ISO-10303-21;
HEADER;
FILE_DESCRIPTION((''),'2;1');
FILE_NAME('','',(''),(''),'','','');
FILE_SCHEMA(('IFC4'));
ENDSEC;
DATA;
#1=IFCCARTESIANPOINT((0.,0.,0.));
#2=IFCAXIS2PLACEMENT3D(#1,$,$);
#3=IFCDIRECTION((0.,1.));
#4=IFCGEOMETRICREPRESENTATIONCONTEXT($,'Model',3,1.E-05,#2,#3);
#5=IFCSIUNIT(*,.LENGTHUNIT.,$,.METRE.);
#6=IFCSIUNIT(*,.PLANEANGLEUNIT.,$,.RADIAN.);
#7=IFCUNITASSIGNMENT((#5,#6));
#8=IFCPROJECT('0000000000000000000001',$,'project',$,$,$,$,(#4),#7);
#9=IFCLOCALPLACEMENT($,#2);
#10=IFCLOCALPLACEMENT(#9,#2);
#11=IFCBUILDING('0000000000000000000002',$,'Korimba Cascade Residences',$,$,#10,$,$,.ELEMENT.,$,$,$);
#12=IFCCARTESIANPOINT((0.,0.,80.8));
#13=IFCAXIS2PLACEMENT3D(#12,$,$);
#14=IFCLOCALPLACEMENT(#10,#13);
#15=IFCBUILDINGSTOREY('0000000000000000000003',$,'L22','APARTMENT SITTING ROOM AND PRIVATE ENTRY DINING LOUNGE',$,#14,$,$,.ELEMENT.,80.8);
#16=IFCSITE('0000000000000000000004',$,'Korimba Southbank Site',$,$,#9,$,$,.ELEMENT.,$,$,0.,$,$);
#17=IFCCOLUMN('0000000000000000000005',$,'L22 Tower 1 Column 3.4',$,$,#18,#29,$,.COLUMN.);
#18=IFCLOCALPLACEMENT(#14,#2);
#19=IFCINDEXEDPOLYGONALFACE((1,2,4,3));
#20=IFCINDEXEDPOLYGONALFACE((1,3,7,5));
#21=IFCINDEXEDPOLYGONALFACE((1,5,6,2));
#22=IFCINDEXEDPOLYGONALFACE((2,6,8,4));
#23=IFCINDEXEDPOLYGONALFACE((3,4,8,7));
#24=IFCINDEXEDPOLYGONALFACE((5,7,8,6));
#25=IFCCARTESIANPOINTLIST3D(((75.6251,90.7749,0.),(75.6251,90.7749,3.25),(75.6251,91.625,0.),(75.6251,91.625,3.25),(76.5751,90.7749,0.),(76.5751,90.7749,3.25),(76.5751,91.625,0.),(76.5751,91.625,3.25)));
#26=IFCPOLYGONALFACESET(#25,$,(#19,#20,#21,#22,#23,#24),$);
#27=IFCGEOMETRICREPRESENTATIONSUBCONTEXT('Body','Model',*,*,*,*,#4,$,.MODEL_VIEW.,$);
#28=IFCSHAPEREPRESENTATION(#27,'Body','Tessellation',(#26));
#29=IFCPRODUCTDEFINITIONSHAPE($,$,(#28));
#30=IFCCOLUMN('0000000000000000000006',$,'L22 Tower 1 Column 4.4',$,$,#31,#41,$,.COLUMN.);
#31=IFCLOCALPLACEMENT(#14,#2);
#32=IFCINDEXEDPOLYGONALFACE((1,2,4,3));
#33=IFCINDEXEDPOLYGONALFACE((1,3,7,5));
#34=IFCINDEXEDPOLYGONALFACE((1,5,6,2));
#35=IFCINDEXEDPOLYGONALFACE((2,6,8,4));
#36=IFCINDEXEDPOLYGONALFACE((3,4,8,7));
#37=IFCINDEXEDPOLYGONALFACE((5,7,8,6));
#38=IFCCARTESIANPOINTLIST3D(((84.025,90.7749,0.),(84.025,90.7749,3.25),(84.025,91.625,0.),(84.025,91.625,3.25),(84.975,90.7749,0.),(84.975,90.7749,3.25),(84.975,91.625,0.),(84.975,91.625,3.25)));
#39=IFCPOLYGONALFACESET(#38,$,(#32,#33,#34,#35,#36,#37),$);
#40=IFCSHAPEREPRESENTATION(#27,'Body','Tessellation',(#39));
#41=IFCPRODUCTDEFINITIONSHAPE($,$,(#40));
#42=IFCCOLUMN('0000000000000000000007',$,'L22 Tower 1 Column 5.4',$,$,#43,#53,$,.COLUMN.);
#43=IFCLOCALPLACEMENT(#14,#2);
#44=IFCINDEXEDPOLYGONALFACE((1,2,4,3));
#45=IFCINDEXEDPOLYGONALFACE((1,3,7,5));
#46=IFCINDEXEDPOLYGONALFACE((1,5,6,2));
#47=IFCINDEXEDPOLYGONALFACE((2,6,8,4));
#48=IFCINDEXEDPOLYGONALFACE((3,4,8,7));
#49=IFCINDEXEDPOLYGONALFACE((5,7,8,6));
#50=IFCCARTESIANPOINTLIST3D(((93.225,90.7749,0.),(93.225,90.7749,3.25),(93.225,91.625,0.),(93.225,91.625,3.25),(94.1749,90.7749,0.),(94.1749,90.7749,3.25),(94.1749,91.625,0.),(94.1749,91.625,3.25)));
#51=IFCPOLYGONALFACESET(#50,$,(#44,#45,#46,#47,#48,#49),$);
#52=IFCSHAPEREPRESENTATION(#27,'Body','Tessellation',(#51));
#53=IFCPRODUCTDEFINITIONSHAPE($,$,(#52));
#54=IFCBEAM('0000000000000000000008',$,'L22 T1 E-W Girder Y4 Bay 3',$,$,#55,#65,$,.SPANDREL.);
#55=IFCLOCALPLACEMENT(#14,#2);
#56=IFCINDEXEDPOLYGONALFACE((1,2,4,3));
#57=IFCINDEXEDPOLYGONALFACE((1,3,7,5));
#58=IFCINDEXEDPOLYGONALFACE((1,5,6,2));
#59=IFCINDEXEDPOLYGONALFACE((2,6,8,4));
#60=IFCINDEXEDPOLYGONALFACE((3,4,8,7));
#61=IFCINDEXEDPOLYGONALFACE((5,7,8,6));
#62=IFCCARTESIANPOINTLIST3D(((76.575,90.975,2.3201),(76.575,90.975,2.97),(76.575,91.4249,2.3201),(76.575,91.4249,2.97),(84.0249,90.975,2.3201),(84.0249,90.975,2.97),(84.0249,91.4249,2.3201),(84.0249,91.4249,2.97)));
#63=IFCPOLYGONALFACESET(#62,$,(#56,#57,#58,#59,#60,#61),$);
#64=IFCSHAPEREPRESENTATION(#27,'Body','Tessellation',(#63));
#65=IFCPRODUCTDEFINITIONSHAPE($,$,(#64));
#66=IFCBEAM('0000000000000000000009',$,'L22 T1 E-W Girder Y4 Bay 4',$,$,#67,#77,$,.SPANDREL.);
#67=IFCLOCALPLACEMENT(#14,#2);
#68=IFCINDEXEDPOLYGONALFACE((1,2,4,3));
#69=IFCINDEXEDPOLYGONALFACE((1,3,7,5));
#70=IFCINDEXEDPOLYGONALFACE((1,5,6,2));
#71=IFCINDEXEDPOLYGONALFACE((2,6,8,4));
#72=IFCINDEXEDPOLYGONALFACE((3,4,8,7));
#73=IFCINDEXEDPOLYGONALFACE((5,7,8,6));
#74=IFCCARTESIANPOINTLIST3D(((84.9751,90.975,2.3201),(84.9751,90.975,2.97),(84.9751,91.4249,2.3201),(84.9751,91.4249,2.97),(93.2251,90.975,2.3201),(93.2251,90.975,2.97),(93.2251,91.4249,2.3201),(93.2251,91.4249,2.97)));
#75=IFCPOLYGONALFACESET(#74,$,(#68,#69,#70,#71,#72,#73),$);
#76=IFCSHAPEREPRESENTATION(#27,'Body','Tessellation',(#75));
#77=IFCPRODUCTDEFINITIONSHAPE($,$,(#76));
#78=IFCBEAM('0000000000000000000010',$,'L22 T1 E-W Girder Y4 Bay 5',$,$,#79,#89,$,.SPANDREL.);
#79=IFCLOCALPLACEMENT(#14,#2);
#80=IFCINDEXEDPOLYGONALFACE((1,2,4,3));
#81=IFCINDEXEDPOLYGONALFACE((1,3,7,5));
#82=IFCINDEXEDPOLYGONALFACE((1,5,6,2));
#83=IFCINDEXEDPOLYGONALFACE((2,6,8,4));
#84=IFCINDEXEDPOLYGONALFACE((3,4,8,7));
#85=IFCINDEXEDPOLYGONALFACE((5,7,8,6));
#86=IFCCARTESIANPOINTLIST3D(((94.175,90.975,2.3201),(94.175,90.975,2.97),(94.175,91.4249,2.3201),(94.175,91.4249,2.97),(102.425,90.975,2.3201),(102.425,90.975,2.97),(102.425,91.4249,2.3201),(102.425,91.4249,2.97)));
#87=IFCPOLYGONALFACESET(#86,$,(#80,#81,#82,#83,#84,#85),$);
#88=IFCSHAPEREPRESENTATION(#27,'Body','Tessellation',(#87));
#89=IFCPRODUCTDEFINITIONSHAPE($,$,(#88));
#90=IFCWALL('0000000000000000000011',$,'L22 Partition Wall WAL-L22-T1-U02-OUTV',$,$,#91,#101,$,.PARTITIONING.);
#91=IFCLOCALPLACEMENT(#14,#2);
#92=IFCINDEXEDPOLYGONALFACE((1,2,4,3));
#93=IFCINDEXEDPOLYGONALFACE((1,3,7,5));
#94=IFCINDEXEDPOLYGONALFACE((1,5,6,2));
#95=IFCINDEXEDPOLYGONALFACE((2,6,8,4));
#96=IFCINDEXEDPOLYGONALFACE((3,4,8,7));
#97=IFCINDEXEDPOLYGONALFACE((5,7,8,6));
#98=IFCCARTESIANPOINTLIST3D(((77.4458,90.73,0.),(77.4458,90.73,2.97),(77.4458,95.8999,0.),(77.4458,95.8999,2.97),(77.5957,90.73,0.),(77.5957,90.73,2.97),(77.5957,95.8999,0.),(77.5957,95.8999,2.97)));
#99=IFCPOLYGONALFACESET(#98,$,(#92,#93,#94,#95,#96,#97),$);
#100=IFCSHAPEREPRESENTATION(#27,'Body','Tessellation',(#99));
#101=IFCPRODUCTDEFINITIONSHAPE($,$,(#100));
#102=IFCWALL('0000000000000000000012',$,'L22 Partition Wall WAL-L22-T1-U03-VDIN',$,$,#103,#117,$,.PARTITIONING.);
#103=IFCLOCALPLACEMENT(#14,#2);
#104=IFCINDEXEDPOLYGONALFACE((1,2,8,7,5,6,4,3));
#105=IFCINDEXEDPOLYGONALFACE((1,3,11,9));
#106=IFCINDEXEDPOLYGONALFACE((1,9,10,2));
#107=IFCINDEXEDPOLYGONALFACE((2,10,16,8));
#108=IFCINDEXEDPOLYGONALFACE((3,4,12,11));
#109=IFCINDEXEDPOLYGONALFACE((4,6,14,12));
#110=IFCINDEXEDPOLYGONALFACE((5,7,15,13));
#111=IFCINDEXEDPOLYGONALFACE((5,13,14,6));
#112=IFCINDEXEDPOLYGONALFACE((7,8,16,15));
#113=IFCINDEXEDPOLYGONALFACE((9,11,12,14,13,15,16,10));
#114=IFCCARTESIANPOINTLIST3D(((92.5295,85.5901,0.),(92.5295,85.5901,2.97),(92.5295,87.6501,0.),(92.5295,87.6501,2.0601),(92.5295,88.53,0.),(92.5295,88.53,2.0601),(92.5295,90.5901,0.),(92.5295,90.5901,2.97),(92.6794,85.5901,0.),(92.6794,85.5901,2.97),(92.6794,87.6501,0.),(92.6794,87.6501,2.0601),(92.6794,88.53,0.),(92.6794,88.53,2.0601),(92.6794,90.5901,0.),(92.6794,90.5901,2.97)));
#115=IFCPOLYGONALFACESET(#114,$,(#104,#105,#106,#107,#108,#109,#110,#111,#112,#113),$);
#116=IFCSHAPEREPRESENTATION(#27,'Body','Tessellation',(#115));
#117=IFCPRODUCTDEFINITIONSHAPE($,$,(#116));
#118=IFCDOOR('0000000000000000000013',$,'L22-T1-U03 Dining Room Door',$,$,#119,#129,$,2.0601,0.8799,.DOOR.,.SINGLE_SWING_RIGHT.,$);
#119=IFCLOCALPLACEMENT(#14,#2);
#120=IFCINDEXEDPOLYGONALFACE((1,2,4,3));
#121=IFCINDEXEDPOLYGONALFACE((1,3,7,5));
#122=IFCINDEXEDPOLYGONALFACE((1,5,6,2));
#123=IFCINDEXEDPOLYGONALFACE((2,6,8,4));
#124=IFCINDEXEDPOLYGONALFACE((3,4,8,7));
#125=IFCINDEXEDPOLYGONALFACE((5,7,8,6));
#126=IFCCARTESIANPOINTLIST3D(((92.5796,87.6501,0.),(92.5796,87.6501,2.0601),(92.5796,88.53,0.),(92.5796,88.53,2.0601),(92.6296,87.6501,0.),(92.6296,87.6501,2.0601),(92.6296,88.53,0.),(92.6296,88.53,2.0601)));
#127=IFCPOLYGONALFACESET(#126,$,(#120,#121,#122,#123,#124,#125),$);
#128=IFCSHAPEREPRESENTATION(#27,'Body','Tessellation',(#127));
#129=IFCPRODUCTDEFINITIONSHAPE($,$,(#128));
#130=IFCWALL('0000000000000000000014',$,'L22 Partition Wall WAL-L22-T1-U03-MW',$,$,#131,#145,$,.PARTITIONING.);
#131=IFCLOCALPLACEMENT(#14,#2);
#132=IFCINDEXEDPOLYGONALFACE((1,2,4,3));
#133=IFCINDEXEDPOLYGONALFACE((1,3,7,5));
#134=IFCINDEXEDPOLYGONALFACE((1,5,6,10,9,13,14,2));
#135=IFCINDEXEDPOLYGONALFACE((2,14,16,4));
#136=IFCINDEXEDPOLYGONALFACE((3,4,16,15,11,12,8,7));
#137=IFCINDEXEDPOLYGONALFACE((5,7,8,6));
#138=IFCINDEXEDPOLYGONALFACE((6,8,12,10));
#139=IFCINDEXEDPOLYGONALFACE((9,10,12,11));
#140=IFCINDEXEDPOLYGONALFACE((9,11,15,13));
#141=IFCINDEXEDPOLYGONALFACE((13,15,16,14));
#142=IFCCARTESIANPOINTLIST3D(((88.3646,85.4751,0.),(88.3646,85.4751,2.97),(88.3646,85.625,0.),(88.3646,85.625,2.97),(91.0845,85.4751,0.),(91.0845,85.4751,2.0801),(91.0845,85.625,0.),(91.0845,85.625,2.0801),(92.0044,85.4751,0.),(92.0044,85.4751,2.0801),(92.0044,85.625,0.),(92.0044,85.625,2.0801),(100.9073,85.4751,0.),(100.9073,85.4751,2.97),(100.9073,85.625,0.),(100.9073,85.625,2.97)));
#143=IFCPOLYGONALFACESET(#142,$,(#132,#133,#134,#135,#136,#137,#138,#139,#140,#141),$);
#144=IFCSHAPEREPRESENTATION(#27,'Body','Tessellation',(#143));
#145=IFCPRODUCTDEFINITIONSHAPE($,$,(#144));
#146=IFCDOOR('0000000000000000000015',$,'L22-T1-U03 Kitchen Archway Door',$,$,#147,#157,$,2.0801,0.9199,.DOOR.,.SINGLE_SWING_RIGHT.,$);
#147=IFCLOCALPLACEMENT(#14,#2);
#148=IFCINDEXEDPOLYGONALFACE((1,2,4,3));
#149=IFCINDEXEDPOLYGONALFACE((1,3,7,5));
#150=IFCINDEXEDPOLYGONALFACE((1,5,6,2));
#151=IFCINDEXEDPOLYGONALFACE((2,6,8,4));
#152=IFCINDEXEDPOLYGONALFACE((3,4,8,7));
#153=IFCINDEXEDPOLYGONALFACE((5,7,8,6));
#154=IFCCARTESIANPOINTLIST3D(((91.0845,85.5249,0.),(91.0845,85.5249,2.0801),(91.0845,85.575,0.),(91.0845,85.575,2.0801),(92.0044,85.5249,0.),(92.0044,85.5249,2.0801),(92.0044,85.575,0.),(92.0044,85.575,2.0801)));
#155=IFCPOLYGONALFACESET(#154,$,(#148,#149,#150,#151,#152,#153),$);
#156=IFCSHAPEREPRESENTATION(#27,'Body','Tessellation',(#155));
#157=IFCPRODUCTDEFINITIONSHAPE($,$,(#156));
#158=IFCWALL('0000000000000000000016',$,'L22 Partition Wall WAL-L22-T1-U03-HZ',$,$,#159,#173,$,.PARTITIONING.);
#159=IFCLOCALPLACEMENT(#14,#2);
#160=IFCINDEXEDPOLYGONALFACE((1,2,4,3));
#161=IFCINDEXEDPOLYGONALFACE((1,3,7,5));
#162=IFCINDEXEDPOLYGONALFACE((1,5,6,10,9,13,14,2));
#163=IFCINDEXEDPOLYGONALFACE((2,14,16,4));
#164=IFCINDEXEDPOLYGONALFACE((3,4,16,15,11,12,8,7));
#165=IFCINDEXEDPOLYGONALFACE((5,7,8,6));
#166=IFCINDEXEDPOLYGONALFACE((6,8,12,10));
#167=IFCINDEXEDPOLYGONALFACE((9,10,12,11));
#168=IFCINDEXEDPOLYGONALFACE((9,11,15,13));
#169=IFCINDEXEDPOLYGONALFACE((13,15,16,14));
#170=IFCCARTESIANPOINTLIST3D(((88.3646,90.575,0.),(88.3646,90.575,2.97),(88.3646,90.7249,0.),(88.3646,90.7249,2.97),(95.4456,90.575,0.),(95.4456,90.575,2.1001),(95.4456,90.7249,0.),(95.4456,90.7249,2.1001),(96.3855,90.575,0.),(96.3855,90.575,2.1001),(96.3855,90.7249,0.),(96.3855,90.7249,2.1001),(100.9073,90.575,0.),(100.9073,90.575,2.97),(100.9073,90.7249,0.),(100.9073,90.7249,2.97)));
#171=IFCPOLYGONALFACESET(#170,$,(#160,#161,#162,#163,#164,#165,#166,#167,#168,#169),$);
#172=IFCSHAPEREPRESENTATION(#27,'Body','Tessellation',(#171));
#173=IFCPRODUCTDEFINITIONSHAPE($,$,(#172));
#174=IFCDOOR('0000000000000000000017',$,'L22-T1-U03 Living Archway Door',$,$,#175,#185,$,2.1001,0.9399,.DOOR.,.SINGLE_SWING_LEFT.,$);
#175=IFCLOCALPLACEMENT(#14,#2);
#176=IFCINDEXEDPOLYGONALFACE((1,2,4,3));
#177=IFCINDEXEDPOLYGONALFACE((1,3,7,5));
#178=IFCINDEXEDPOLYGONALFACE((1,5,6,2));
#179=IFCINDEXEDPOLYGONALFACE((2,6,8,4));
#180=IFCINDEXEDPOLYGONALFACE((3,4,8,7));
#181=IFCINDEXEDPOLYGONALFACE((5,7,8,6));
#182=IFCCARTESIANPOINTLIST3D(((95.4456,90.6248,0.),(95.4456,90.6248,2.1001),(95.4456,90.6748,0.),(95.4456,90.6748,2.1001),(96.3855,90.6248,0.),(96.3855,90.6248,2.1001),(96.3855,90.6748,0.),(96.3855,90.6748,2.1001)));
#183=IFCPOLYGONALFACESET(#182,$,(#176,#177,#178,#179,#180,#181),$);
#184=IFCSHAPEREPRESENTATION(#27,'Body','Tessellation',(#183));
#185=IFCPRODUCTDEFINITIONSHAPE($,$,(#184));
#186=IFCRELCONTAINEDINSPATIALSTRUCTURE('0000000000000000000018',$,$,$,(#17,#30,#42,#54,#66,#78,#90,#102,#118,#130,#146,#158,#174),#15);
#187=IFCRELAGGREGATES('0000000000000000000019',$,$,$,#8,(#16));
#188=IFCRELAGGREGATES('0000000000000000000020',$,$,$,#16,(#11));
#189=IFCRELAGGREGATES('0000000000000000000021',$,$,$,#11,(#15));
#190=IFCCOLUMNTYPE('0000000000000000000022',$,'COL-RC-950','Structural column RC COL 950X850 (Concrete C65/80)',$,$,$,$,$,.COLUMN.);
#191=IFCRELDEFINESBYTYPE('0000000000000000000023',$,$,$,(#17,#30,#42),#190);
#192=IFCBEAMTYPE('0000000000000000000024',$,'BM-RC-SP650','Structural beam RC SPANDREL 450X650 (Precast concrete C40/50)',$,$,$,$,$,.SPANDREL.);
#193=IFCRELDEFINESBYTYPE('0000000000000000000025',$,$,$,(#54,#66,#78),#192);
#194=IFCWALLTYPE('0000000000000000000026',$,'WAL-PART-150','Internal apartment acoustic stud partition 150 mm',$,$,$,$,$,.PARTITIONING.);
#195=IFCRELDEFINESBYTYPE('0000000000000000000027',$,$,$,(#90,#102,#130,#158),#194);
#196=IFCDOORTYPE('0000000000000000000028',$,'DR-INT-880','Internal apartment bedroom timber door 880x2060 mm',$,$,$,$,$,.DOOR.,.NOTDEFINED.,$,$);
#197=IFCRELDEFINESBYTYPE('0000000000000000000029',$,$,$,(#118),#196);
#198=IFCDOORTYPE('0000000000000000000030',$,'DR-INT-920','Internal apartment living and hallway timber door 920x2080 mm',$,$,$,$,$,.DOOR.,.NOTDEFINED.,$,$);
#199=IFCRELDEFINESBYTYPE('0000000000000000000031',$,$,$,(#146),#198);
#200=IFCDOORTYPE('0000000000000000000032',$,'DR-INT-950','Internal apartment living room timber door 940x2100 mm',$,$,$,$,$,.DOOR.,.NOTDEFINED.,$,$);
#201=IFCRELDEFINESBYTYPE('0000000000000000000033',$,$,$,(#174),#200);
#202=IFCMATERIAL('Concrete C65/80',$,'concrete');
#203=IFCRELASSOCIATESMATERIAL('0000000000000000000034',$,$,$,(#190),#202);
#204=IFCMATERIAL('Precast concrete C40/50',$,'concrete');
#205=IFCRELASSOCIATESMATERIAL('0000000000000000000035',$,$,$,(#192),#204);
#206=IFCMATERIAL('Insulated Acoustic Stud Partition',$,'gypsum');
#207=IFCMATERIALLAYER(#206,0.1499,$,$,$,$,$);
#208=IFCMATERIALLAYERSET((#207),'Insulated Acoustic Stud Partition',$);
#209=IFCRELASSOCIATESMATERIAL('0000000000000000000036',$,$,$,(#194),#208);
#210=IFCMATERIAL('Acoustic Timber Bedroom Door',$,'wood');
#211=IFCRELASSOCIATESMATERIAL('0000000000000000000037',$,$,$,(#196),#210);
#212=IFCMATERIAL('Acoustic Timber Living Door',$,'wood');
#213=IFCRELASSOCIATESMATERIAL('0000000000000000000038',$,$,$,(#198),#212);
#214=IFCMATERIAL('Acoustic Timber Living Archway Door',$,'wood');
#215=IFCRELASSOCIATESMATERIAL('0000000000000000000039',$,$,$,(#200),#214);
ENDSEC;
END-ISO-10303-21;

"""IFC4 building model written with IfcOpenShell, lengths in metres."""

from ifc_helpers import new_model, si_unit, direction, frame, frame_2d, origin, origin_2d, place, context, subcontext, project, spatial, rectangle, extrude, material, layer, layer_set, material_profile, profile_set, type_object, element, fill, save


model = new_model("IFC4")

# Units and contexts
model_context = context("Model", 3, precision=1e-05, world=origin(), true_north=direction((0.0, 1.0)))
body_context = subcontext(model_context, "Body", "Model", "MODEL_VIEW")
ifc_project = project(units=[si_unit("LENGTHUNIT", "METRE"), si_unit("PLANEANGLEUNIT", "RADIAN")], contexts=[model_context])

# Site, building, storey
site_placement = place(None, origin())
site = spatial("IfcSite", under=ifc_project, at=site_placement, Name="Korimba Southbank Site", CompositionType="ELEMENT", RefElevation=0.0)
building_placement = place(site_placement, origin())
building = spatial("IfcBuilding", under=site, at=building_placement, Name="Korimba Cascade Residences", CompositionType="ELEMENT")
storey_placement = place(building_placement, frame((0.0, 0.0, 80.8)))
storey = spatial("IfcBuildingStorey", under=building, at=storey_placement, Name="L22", Description="APARTMENT SITTING ROOM AND PRIVATE ENTRY DINING LOUNGE", CompositionType="ELEMENT", Elevation=80.8)

# Columns
ifc_material_1 = material(Name="Concrete C65/80", Category="concrete")
ifc_material_profile_1 = material_profile(ifc_material_1, rectangle(XDim=0.95, YDim=0.8501, at=origin_2d()), Name="Concrete C65/80")
ifc_profile_set_1 = profile_set([ifc_material_profile_1], Name="Concrete C65/80")
column_type = type_object("IfcColumnType", Name="COL-RC-950", Description="Structural column RC COL 950X850 (Concrete C65/80)", PredefinedType="COLUMN", material=ifc_profile_set_1)
for number, where, z_axis, x_axis, name in (
    (1, (76.1001, 91.2, 0.0), (0.0, 0.0, 1.0), (1.0, 0.0, 0.0), "L22 Tower 1 Column 3.4"),
    (2, (84.5, 91.2, 0.0), (0.0, 0.0, 1.0), (1.0, 0.0, 0.0), "L22 Tower 1 Column 4.4"),
    (3, (93.7, 91.2, 0.0), (0.0, 0.0, 1.0), (1.0, 0.0, 0.0), "L22 Tower 1 Column 5.4"),
):
    element("IfcColumn", number, at=place(storey_placement, frame(where, z_axis=z_axis, x_axis=x_axis)), inside=storey, type_object=column_type, Name=name, PredefinedType="COLUMN", context=body_context, shape_type="SweptSolid", body=[
        extrude(rectangle(XDim=0.95, YDim=0.8501, at=origin_2d()), origin(), (0.0, 0.0, 1.0), 3.25),
    ])

# Beams
ifc_material_2 = material(Name="Precast concrete C40/50", Category="concrete")
ifc_material_profile_2 = material_profile(ifc_material_2, rectangle(XDim=0.45, YDim=0.6499, at=origin_2d()), Name="Precast concrete C40/50")
ifc_profile_set_2 = profile_set([ifc_material_profile_2], Name="Precast concrete C40/50")
beam_type = type_object("IfcBeamType", Name="BM-RC-SP650", Description="Structural beam RC SPANDREL 450X650 (Precast concrete C40/50)", PredefinedType="SPANDREL", material=ifc_profile_set_2)
beam_placement = place(storey_placement, frame((76.575, 91.2, 2.645), z_axis=(1.0, 0.0, 0.0), x_axis=(0.0, 1.0, 0.0)))
element("IfcBeam", 4, at=beam_placement, inside=storey, type_object=beam_type, Name="L22 T1 E-W Girder Y4 Bay 3", PredefinedType="SPANDREL", context=body_context, shape_type="SweptSolid", body=[
    extrude(rectangle(XDim=0.45, YDim=0.6499, at=origin_2d()), origin(), (0.0, 0.0, 1.0), 7.45),
])
for number, where, z_axis, x_axis, name in (
    (5, (84.9751, 91.2, 2.645), (1.0, 0.0, 0.0), (0.0, 1.0, 0.0), "L22 T1 E-W Girder Y4 Bay 4"),
    (6, (94.175, 91.2, 2.645), (1.0, 0.0, 0.0), (0.0, 1.0, 0.0), "L22 T1 E-W Girder Y4 Bay 5"),
):
    element("IfcBeam", number, at=place(storey_placement, frame(where, z_axis=z_axis, x_axis=x_axis)), inside=storey, type_object=beam_type, Name=name, PredefinedType="SPANDREL", context=body_context, shape_type="SweptSolid", body=[
        extrude(rectangle(XDim=0.45, YDim=0.6499, at=origin_2d()), origin(), (0.0, 0.0, 1.0), 8.25),
    ])

# Wall
ifc_material_3 = material(Name="Insulated Acoustic Stud Partition", Category="gypsum")
ifc_layer = layer(ifc_material_3, 0.1499)
ifc_layer_set = layer_set([ifc_layer], Name="Insulated Acoustic Stud Partition")
wall_type = type_object("IfcWallType", Name="WAL-PART-150", Description="Internal apartment acoustic stud partition 150 mm", PredefinedType="PARTITIONING", material=ifc_layer_set)
wall_1_placement = place(storey_placement, frame((77.5208, 90.73, 0.0), z_axis=(0.0, 0.0, 1.0), x_axis=(0.0, 1.0, 0.0)))
element("IfcWall", 7, at=wall_1_placement, inside=storey, type_object=wall_type, Name="L22 Partition Wall WAL-L22-T1-U02-OUTV", PredefinedType="PARTITIONING", context=body_context, shape_type="SweptSolid", body=[
    extrude(rectangle(XDim=5.1699, YDim=0.1499, at=frame_2d((2.585, 0.0))), origin(), (0.0, 0.0, 1.0), 2.97),
])

# Walls, openings, doors
wall_2_placement = place(storey_placement, frame((92.6045, 85.5901, 0.0), z_axis=(0.0, 0.0, 1.0), x_axis=(0.0, 1.0, 0.0)))
wall_2 = element("IfcWall", 8, at=wall_2_placement, inside=storey, type_object=wall_type, Name="L22 Partition Wall WAL-L22-T1-U03-VDIN", PredefinedType="PARTITIONING", context=body_context, shape_type="SweptSolid", body=[
    extrude(rectangle(XDim=5.0, YDim=0.1499, at=frame_2d((2.5, 0.0))), origin(), (0.0, 0.0, 1.0), 2.97),
])
opening_1_placement = place(wall_2_placement, frame((2.0601, 0.0, 0.0)))
opening_1 = element("IfcOpeningElement", 9, at=opening_1_placement, cuts=wall_2, PredefinedType="OPENING", context=body_context, shape_type="SweptSolid", body=[
    extrude(rectangle(XDim=0.8799, YDim=2.0601, at=frame_2d((0.4399, 1.03))), frame((0.0, 0.085, 0.0), z_axis=(0.0, -1.0, 0.0), x_axis=(1.0, 0.0, 0.0)), (0.0, 0.0, 1.0), 0.1699),
])
ifc_material_4 = material(Name="Acoustic Timber Bedroom Door", Category="wood")
door_type_1 = type_object("IfcDoorType", Name="DR-INT-880", Description="Internal apartment bedroom timber door 880x2060 mm", OperationType="NOTDEFINED", PredefinedType="DOOR", material=ifc_material_4)
door_1_placement = place(opening_1_placement, origin())
door_1 = element("IfcDoor", 10, at=door_1_placement, inside=storey, type_object=door_type_1, Name="L22-T1-U03 Dining Room Door", OperationType="SINGLE_SWING_RIGHT", OverallHeight=2.0601, OverallWidth=0.8799, PredefinedType="DOOR", context=body_context, shape_type="SweptSolid", body=[
    extrude(rectangle(XDim=0.8799, YDim=2.0601, at=frame_2d((0.4399, 1.03))), frame((0.0, 0.0249, 0.0), z_axis=(0.0, -1.0, 0.0), x_axis=(1.0, 0.0, 0.0)), (0.0, 0.0, 1.0), 0.05),
])
fill(opening_1, door_1)
wall_3_placement = place(storey_placement, frame((88.3645, 85.55, 0.0), z_axis=(0.0, 0.0, 1.0), x_axis=(1.0, 0.0, 0.0)))
wall_3 = element("IfcWall", 11, at=wall_3_placement, inside=storey, type_object=wall_type, Name="L22 Partition Wall WAL-L22-T1-U03-MW", PredefinedType="PARTITIONING", context=body_context, shape_type="SweptSolid", body=[
    extrude(rectangle(XDim=12.5427, YDim=0.1499, at=frame_2d((6.2715, 0.0))), origin(), (0.0, 0.0, 1.0), 2.97),
])
opening_2_placement = place(wall_3_placement, frame((2.72, 0.0, 0.0)))
opening_2 = element("IfcOpeningElement", 12, at=opening_2_placement, cuts=wall_3, PredefinedType="OPENING", context=body_context, shape_type="SweptSolid", body=[
    extrude(rectangle(XDim=0.9199, YDim=2.0801, at=frame_2d((0.46, 1.04))), frame((0.0, 0.085, 0.0), z_axis=(0.0, -1.0, 0.0), x_axis=(1.0, 0.0, 0.0)), (0.0, 0.0, 1.0), 0.1699),
])
ifc_material_5 = material(Name="Acoustic Timber Living Door", Category="wood")
door_type_2 = type_object("IfcDoorType", Name="DR-INT-920", Description="Internal apartment living and hallway timber door 920x2080 mm", OperationType="NOTDEFINED", PredefinedType="DOOR", material=ifc_material_5)
door_2_placement = place(opening_2_placement, origin())
door_2 = element("IfcDoor", 13, at=door_2_placement, inside=storey, type_object=door_type_2, Name="L22-T1-U03 Kitchen Archway Door", OperationType="SINGLE_SWING_RIGHT", OverallHeight=2.0801, OverallWidth=0.9199, PredefinedType="DOOR", context=body_context, shape_type="SweptSolid", body=[
    extrude(rectangle(XDim=0.9199, YDim=2.0801, at=frame_2d((0.46, 1.04))), frame((0.0, 0.0249, 0.0), z_axis=(0.0, -1.0, 0.0), x_axis=(1.0, 0.0, 0.0)), (0.0, 0.0, 1.0), 0.05),
])
fill(opening_2, door_2)
wall_4_placement = place(storey_placement, frame((88.3645, 90.6499, 0.0), z_axis=(0.0, 0.0, 1.0), x_axis=(1.0, 0.0, 0.0)))
wall_4 = element("IfcWall", 14, at=wall_4_placement, inside=storey, type_object=wall_type, Name="L22 Partition Wall WAL-L22-T1-U03-HZ", PredefinedType="PARTITIONING", context=body_context, shape_type="SweptSolid", body=[
    extrude(rectangle(XDim=12.5427, YDim=0.1499, at=frame_2d((6.2715, 0.0))), origin(), (0.0, 0.0, 1.0), 2.97),
])
opening_3_placement = place(wall_4_placement, frame((7.0811, 0.0, 0.0)))
opening_3 = element("IfcOpeningElement", 15, at=opening_3_placement, cuts=wall_4, PredefinedType="OPENING", context=body_context, shape_type="SweptSolid", body=[
    extrude(rectangle(XDim=0.9399, YDim=2.1001, at=frame_2d((0.47, 1.05))), frame((0.0, 0.085, 0.0), z_axis=(0.0, -1.0, 0.0), x_axis=(1.0, 0.0, 0.0)), (0.0, 0.0, 1.0), 0.1699),
])
ifc_material_6 = material(Name="Acoustic Timber Living Archway Door", Category="wood")
door_type_3 = type_object("IfcDoorType", Name="DR-INT-950", Description="Internal apartment living room timber door 940x2100 mm", OperationType="NOTDEFINED", PredefinedType="DOOR", material=ifc_material_6)
door_3_placement = place(opening_3_placement, origin())
door_3 = element("IfcDoor", 16, at=door_3_placement, inside=storey, type_object=door_type_3, Name="L22-T1-U03 Living Archway Door", OperationType="SINGLE_SWING_LEFT", OverallHeight=2.1001, OverallWidth=0.9399, PredefinedType="DOOR", context=body_context, shape_type="SweptSolid", body=[
    extrude(rectangle(XDim=0.9399, YDim=2.1001, at=frame_2d((0.47, 1.05))), frame((0.0, 0.0249, 0.0), z_axis=(0.0, -1.0, 0.0), x_axis=(1.0, 0.0, 0.0)), (0.0, 0.0, 1.0), 0.05),
])
fill(opening_3, door_3)

save(model, "model.ifc")
